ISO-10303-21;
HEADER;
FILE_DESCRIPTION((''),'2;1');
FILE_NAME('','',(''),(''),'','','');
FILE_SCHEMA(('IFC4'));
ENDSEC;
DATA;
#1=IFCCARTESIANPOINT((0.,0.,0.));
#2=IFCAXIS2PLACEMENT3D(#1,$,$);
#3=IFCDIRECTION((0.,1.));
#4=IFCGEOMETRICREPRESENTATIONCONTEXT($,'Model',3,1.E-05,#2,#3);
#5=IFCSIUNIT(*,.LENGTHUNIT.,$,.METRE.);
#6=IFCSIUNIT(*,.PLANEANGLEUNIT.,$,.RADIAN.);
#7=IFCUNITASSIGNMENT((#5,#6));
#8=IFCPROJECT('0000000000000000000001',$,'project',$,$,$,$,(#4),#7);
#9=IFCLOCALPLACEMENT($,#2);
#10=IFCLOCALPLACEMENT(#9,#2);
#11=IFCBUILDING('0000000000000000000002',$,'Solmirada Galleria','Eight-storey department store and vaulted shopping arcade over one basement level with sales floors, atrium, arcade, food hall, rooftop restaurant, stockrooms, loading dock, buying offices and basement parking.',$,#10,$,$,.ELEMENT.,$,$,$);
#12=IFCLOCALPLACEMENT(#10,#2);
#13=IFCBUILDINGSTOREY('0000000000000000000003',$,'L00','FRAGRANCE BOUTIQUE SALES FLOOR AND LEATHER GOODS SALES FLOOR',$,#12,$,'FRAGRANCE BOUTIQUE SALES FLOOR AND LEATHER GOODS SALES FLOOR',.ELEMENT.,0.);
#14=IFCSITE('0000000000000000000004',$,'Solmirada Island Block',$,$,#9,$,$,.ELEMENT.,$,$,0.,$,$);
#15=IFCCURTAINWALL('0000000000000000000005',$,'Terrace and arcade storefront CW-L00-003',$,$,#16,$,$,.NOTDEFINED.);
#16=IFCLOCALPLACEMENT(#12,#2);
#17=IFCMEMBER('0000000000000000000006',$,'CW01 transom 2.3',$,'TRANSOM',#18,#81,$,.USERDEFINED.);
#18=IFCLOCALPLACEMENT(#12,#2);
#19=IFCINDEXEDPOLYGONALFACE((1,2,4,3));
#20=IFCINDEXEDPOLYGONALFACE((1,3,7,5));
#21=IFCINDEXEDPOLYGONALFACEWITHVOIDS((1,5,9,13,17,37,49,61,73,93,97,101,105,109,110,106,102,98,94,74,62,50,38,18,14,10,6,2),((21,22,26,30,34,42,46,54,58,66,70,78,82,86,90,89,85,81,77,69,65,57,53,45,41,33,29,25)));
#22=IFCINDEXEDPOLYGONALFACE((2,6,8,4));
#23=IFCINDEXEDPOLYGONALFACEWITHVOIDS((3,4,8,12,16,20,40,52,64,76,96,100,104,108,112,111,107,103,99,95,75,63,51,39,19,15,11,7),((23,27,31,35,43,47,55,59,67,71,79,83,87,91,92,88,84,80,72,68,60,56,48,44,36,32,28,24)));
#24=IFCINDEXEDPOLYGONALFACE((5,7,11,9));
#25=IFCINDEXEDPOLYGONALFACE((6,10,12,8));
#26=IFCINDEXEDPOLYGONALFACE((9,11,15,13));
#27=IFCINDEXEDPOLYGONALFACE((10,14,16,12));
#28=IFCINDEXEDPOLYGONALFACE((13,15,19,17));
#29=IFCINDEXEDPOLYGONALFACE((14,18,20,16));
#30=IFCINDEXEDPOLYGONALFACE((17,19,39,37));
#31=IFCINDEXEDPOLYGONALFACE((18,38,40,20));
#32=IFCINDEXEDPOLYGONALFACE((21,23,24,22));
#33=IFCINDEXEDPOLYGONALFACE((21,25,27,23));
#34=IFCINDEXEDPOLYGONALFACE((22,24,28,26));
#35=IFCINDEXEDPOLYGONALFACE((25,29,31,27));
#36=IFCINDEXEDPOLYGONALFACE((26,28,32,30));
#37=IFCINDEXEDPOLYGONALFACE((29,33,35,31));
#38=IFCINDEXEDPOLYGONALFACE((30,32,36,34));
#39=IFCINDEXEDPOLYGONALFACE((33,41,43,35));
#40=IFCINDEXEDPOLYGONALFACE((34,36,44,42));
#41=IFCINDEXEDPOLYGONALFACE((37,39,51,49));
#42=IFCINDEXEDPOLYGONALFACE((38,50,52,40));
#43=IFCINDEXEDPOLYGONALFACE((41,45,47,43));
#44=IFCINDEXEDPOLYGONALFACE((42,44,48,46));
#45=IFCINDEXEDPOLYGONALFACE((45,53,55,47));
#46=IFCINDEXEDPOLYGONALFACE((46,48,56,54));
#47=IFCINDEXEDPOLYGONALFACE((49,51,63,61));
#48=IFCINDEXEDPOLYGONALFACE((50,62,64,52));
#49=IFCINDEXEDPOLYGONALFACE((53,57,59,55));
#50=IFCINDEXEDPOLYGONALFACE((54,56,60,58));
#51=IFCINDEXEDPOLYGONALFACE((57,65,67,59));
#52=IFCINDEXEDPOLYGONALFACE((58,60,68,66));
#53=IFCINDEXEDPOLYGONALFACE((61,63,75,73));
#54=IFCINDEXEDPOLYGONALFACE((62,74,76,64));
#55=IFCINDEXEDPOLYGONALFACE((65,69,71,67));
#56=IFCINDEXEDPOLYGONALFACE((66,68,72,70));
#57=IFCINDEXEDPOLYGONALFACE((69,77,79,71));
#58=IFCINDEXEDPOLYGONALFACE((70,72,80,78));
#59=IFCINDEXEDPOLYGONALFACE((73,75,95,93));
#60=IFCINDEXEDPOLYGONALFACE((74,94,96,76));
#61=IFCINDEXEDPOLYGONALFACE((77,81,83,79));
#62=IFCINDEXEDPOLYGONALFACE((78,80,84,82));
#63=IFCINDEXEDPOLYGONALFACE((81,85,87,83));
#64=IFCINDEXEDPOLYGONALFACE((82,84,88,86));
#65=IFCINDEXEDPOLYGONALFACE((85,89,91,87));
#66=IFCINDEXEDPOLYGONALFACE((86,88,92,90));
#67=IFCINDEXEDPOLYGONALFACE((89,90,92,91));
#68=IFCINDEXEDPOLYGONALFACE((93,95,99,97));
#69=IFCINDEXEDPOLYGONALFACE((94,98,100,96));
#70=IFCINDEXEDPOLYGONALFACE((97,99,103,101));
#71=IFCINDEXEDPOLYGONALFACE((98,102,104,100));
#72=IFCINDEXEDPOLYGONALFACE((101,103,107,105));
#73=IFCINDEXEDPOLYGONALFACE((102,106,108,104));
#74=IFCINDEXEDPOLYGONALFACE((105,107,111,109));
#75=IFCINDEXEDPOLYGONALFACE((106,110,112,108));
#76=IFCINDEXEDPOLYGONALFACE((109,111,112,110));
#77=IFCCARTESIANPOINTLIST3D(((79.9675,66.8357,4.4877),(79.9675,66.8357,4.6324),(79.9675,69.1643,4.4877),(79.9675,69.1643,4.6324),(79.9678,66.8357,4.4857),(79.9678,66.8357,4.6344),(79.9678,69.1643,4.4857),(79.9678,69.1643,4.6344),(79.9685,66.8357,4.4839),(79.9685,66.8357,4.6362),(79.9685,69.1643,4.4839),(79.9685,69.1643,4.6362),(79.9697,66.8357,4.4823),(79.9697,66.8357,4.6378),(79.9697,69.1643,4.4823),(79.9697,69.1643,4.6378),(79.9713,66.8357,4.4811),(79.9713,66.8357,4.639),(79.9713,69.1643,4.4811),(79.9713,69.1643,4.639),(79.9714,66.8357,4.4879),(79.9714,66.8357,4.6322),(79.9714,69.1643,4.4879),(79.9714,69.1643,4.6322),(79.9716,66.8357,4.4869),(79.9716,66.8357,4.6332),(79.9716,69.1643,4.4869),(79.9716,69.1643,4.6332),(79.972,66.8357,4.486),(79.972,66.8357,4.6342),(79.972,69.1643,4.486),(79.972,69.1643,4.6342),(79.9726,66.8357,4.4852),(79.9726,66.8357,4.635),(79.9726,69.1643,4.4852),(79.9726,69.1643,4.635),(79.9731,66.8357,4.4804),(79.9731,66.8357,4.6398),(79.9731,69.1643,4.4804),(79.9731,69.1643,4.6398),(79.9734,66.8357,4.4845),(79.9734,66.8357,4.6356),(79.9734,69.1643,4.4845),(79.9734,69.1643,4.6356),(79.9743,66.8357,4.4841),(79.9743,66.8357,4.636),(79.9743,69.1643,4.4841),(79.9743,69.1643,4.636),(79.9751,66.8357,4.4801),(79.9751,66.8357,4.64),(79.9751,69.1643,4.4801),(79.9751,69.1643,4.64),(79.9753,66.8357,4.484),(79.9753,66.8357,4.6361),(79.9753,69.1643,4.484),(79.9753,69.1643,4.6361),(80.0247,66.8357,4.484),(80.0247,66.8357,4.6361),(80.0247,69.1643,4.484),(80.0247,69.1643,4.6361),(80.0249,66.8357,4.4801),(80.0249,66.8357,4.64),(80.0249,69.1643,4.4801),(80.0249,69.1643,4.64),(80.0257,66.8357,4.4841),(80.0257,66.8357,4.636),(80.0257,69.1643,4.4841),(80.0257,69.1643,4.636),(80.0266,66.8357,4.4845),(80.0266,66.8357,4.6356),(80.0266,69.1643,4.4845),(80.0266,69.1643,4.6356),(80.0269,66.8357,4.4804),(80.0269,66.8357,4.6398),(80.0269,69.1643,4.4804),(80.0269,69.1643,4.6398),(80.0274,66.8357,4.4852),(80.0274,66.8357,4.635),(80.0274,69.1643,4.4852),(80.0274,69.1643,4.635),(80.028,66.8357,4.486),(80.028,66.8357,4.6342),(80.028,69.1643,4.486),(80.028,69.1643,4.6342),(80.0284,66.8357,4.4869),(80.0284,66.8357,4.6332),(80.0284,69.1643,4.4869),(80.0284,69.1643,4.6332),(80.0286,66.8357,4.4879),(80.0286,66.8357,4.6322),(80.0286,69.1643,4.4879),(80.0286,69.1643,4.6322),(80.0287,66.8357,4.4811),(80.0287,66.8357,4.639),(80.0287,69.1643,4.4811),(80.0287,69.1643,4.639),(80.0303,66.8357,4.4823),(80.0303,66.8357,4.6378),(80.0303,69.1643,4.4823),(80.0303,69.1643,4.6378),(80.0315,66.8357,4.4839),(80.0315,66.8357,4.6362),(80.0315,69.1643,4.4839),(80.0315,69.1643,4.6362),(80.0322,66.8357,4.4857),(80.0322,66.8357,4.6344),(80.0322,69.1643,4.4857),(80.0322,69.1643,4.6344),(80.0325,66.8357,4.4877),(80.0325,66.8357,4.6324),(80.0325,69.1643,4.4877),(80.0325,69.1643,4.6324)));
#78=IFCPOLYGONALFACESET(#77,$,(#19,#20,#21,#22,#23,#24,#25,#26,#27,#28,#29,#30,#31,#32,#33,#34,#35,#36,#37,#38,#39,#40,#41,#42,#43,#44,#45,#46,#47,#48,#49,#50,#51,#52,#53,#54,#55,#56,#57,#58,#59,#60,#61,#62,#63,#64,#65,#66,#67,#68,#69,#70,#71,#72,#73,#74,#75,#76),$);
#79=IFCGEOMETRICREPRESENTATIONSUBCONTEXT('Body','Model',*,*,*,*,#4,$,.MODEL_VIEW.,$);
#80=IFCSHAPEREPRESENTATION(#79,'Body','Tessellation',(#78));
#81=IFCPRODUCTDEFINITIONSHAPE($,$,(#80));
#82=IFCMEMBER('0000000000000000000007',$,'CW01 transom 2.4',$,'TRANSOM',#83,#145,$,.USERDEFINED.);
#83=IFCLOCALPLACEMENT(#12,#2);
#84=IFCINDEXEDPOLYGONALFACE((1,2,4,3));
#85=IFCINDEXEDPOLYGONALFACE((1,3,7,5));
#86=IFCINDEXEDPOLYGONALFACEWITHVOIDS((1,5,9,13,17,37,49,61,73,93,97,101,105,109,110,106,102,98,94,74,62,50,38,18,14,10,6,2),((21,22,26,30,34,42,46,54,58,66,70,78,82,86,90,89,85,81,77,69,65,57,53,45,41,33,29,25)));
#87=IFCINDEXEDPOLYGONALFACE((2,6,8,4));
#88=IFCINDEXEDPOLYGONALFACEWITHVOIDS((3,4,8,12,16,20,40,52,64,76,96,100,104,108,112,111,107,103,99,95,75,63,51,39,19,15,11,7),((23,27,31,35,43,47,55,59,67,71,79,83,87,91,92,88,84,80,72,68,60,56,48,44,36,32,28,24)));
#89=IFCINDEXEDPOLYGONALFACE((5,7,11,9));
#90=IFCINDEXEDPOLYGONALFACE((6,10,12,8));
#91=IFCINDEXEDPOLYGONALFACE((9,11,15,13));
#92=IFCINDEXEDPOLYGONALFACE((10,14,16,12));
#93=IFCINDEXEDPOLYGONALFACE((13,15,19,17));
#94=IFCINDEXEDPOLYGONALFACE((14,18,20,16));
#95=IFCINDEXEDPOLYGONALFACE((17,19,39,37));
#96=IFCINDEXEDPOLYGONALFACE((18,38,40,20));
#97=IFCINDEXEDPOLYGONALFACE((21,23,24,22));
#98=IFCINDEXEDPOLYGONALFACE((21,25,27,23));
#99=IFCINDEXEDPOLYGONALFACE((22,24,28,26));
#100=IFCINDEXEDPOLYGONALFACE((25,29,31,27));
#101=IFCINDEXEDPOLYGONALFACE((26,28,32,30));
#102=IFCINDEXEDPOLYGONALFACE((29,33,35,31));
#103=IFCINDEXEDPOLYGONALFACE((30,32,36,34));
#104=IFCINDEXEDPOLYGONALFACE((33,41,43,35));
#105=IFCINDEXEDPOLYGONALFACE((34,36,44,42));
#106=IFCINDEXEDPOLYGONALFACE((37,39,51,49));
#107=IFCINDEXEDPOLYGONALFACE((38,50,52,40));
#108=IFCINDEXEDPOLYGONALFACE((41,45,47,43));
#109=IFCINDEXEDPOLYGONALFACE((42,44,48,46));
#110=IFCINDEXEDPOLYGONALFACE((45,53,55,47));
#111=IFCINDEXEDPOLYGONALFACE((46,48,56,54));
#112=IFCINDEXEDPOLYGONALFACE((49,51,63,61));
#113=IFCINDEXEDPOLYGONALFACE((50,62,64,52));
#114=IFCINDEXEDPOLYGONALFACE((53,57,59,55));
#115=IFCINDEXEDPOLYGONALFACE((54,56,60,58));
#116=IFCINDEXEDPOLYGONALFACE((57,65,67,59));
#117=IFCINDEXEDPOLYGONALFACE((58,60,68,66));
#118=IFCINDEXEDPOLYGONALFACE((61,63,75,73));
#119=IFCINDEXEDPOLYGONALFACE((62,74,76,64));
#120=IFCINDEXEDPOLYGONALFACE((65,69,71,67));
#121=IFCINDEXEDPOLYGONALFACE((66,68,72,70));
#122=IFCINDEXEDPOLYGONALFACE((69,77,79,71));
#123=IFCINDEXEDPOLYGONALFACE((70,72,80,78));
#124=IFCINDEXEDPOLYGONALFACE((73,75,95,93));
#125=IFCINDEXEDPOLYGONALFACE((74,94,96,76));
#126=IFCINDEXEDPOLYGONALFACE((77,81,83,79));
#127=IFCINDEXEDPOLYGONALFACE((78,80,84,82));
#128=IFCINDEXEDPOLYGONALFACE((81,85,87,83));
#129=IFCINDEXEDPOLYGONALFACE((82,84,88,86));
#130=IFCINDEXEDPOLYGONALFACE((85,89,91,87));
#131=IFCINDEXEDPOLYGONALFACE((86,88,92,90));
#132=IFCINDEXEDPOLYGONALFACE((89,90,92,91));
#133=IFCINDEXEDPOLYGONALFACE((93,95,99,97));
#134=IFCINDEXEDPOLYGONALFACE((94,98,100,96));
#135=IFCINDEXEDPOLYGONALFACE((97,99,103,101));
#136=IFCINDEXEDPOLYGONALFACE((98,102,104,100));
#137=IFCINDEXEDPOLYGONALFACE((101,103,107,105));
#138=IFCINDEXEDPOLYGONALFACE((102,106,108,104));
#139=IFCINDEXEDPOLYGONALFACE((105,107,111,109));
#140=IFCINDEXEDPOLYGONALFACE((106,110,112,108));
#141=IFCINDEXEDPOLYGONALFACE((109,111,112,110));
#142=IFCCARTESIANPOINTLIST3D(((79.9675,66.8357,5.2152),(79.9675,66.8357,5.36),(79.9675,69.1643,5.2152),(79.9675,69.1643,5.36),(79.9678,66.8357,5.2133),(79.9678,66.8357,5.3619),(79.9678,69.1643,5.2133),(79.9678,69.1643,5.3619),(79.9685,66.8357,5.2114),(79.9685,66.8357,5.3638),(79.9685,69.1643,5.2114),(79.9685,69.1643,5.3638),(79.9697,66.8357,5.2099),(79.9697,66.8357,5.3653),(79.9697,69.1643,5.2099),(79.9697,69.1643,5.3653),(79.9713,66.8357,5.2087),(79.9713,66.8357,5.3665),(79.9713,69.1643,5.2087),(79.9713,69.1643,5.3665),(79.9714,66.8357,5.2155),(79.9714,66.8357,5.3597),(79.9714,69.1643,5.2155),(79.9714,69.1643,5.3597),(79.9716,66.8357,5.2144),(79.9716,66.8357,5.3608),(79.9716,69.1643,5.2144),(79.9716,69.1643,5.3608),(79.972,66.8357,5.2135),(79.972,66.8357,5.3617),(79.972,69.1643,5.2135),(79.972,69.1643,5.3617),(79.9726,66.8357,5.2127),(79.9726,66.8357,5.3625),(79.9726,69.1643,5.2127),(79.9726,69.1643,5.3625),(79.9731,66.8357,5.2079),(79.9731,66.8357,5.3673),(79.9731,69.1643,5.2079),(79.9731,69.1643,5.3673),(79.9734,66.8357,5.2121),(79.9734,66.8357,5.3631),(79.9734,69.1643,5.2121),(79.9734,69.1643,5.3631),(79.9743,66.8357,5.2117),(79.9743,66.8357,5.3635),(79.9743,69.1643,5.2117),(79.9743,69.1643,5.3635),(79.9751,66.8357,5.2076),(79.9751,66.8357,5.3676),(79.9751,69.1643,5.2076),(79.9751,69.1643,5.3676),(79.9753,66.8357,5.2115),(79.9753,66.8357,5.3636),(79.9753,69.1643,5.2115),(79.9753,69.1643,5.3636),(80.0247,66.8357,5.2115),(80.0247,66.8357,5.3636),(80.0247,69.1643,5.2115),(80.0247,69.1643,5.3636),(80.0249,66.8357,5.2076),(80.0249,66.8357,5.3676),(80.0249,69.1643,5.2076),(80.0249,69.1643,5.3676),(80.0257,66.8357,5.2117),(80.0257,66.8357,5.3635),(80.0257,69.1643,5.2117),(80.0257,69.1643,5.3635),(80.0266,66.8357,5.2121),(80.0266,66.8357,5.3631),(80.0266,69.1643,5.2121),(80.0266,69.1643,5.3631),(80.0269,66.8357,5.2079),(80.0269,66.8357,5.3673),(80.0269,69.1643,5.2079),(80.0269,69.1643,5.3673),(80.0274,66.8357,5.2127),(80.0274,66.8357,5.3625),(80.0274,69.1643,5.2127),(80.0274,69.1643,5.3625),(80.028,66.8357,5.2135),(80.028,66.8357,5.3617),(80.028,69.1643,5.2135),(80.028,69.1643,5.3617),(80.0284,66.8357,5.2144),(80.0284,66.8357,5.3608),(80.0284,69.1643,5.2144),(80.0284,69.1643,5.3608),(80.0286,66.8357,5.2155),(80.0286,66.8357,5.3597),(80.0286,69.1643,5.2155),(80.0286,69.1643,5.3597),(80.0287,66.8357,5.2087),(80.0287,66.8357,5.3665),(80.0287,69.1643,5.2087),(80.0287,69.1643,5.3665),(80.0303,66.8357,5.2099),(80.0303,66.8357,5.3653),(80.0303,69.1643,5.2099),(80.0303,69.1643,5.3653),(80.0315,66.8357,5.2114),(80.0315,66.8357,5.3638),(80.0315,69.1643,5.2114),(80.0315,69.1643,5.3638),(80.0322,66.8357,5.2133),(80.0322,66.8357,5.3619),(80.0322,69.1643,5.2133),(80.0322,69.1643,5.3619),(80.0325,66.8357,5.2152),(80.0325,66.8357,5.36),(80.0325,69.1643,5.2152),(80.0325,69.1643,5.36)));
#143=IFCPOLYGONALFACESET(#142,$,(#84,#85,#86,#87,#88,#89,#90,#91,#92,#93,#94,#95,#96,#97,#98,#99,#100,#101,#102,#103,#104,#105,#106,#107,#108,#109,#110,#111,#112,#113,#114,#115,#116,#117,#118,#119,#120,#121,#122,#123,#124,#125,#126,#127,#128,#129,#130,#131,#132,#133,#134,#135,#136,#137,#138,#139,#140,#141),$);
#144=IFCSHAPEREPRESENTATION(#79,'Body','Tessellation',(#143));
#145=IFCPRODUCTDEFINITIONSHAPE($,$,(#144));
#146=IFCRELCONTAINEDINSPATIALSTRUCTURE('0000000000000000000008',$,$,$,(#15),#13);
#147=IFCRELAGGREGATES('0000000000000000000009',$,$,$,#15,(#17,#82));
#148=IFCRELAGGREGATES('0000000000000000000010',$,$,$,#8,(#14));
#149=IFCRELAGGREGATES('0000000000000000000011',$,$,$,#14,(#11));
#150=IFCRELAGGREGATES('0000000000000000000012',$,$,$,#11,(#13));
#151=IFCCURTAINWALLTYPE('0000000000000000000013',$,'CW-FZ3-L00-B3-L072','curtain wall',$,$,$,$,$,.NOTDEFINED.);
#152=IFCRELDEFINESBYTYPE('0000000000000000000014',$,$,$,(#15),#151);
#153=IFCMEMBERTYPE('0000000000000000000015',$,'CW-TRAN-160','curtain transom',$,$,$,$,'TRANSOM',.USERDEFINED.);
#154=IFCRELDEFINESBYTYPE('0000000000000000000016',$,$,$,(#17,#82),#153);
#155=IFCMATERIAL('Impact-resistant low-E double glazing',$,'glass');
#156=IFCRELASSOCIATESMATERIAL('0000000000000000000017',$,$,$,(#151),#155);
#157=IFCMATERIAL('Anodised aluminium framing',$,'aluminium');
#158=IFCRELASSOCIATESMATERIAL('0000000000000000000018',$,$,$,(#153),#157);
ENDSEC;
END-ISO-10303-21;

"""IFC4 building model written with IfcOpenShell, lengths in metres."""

from ifc_helpers import new_model, si_unit, direction, frame, origin, origin_2d, place, context, subcontext, project, spatial, hollow_rectangle, extrude, material, material_profile, profile_set, type_object, element, aggregate, save


model = new_model("IFC4")

# Units and contexts
model_context = context("Model", 3, precision=1e-05, world=origin(), true_north=direction((0.0, 1.0)))
body_context = subcontext(model_context, "Body", "Model", "MODEL_VIEW")
ifc_project = project(units=[si_unit("LENGTHUNIT", "METRE"), si_unit("PLANEANGLEUNIT", "RADIAN")], contexts=[model_context])

# Site, building, storey
site_placement = place(None, origin())
site = spatial("IfcSite", under=ifc_project, at=site_placement, Name="Solmirada Island Block", CompositionType="ELEMENT", RefElevation=0.0)
building_placement = place(site_placement, origin())
building = spatial("IfcBuilding", under=site, at=building_placement, Name="Solmirada Galleria", Description="Eight-storey department store and vaulted shopping arcade over one basement level with sales floors, atrium, arcade, food hall, rooftop restaurant, stockrooms, loading dock, buying offices and basement parking.", CompositionType="ELEMENT")
storey_placement = place(building_placement, origin())
storey = spatial("IfcBuildingStorey", under=building, at=storey_placement, Name="L00", Description="FRAGRANCE BOUTIQUE SALES FLOOR AND LEATHER GOODS SALES FLOOR", LongName="FRAGRANCE BOUTIQUE SALES FLOOR AND LEATHER GOODS SALES FLOOR", CompositionType="ELEMENT", Elevation=0.0)

# Curtain wall, members
ifc_material_1 = material(Name="Impact-resistant low-E double glazing", Category="glass")
curtain_wall_type = type_object("IfcCurtainWallType", Name="CW-FZ3-L00-B3-L072", Description="curtain wall", PredefinedType="NOTDEFINED", material=ifc_material_1)
curtain_wall_placement = place(storey_placement, origin())
curtain_wall = element("IfcCurtainWall", 1, at=curtain_wall_placement, inside=storey, type_object=curtain_wall_type, Name="Terrace and arcade storefront CW-L00-003", PredefinedType="NOTDEFINED")
ifc_material_2 = material(Name="Anodised aluminium framing", Category="aluminium")
ifc_material_profile_1 = material_profile(ifc_material_2, hollow_rectangle(XDim=0.0649, YDim=0.1599, WallThickness=0.0039, InnerFilletRadius=0.0039, OuterFilletRadius=0.0076, at=origin_2d()), Name="ALU-TRAN-160X65")
ifc_profile_set_1 = profile_set([ifc_material_profile_1], Name="Anodised aluminium framing")
member_type_1 = type_object("IfcMemberType", Name="CW-TRAN-160", Description="curtain transom", ElementType="TRANSOM", PredefinedType="USERDEFINED", material=ifc_profile_set_1)
member_1_placement = place(storey_placement, frame((80.0, 66.8357, 4.5601), z_axis=(0.0, 1.0, 0.0), x_axis=(-1.0, 0.0, 0.0)))
member_1 = element("IfcMember", 2, at=member_1_placement, type_object=member_type_1, Name="CW01 transom 2.3", ObjectType="TRANSOM", PredefinedType="USERDEFINED", context=body_context, shape_type="SweptSolid", body=[
    extrude(hollow_rectangle(XDim=0.0649, YDim=0.1599, WallThickness=0.0039, InnerFilletRadius=0.0039, OuterFilletRadius=0.0076, at=origin_2d()), origin(), (0.0, 0.0, 1.0), 2.3286),
])
member_2_placement = place(storey_placement, frame((80.0, 66.8357, 5.2876), z_axis=(0.0, 1.0, 0.0), x_axis=(-1.0, 0.0, 0.0)))
member_2 = element("IfcMember", 3, at=member_2_placement, type_object=member_type_1, Name="CW01 transom 2.4", ObjectType="TRANSOM", PredefinedType="USERDEFINED", context=body_context, shape_type="SweptSolid", body=[
    extrude(hollow_rectangle(XDim=0.0649, YDim=0.1599, WallThickness=0.0039, InnerFilletRadius=0.0039, OuterFilletRadius=0.0076, at=origin_2d()), origin(), (0.0, 0.0, 1.0), 2.3286),
])
aggregate(curtain_wall, [member_1, member_2])

save(model, "model.ifc")
